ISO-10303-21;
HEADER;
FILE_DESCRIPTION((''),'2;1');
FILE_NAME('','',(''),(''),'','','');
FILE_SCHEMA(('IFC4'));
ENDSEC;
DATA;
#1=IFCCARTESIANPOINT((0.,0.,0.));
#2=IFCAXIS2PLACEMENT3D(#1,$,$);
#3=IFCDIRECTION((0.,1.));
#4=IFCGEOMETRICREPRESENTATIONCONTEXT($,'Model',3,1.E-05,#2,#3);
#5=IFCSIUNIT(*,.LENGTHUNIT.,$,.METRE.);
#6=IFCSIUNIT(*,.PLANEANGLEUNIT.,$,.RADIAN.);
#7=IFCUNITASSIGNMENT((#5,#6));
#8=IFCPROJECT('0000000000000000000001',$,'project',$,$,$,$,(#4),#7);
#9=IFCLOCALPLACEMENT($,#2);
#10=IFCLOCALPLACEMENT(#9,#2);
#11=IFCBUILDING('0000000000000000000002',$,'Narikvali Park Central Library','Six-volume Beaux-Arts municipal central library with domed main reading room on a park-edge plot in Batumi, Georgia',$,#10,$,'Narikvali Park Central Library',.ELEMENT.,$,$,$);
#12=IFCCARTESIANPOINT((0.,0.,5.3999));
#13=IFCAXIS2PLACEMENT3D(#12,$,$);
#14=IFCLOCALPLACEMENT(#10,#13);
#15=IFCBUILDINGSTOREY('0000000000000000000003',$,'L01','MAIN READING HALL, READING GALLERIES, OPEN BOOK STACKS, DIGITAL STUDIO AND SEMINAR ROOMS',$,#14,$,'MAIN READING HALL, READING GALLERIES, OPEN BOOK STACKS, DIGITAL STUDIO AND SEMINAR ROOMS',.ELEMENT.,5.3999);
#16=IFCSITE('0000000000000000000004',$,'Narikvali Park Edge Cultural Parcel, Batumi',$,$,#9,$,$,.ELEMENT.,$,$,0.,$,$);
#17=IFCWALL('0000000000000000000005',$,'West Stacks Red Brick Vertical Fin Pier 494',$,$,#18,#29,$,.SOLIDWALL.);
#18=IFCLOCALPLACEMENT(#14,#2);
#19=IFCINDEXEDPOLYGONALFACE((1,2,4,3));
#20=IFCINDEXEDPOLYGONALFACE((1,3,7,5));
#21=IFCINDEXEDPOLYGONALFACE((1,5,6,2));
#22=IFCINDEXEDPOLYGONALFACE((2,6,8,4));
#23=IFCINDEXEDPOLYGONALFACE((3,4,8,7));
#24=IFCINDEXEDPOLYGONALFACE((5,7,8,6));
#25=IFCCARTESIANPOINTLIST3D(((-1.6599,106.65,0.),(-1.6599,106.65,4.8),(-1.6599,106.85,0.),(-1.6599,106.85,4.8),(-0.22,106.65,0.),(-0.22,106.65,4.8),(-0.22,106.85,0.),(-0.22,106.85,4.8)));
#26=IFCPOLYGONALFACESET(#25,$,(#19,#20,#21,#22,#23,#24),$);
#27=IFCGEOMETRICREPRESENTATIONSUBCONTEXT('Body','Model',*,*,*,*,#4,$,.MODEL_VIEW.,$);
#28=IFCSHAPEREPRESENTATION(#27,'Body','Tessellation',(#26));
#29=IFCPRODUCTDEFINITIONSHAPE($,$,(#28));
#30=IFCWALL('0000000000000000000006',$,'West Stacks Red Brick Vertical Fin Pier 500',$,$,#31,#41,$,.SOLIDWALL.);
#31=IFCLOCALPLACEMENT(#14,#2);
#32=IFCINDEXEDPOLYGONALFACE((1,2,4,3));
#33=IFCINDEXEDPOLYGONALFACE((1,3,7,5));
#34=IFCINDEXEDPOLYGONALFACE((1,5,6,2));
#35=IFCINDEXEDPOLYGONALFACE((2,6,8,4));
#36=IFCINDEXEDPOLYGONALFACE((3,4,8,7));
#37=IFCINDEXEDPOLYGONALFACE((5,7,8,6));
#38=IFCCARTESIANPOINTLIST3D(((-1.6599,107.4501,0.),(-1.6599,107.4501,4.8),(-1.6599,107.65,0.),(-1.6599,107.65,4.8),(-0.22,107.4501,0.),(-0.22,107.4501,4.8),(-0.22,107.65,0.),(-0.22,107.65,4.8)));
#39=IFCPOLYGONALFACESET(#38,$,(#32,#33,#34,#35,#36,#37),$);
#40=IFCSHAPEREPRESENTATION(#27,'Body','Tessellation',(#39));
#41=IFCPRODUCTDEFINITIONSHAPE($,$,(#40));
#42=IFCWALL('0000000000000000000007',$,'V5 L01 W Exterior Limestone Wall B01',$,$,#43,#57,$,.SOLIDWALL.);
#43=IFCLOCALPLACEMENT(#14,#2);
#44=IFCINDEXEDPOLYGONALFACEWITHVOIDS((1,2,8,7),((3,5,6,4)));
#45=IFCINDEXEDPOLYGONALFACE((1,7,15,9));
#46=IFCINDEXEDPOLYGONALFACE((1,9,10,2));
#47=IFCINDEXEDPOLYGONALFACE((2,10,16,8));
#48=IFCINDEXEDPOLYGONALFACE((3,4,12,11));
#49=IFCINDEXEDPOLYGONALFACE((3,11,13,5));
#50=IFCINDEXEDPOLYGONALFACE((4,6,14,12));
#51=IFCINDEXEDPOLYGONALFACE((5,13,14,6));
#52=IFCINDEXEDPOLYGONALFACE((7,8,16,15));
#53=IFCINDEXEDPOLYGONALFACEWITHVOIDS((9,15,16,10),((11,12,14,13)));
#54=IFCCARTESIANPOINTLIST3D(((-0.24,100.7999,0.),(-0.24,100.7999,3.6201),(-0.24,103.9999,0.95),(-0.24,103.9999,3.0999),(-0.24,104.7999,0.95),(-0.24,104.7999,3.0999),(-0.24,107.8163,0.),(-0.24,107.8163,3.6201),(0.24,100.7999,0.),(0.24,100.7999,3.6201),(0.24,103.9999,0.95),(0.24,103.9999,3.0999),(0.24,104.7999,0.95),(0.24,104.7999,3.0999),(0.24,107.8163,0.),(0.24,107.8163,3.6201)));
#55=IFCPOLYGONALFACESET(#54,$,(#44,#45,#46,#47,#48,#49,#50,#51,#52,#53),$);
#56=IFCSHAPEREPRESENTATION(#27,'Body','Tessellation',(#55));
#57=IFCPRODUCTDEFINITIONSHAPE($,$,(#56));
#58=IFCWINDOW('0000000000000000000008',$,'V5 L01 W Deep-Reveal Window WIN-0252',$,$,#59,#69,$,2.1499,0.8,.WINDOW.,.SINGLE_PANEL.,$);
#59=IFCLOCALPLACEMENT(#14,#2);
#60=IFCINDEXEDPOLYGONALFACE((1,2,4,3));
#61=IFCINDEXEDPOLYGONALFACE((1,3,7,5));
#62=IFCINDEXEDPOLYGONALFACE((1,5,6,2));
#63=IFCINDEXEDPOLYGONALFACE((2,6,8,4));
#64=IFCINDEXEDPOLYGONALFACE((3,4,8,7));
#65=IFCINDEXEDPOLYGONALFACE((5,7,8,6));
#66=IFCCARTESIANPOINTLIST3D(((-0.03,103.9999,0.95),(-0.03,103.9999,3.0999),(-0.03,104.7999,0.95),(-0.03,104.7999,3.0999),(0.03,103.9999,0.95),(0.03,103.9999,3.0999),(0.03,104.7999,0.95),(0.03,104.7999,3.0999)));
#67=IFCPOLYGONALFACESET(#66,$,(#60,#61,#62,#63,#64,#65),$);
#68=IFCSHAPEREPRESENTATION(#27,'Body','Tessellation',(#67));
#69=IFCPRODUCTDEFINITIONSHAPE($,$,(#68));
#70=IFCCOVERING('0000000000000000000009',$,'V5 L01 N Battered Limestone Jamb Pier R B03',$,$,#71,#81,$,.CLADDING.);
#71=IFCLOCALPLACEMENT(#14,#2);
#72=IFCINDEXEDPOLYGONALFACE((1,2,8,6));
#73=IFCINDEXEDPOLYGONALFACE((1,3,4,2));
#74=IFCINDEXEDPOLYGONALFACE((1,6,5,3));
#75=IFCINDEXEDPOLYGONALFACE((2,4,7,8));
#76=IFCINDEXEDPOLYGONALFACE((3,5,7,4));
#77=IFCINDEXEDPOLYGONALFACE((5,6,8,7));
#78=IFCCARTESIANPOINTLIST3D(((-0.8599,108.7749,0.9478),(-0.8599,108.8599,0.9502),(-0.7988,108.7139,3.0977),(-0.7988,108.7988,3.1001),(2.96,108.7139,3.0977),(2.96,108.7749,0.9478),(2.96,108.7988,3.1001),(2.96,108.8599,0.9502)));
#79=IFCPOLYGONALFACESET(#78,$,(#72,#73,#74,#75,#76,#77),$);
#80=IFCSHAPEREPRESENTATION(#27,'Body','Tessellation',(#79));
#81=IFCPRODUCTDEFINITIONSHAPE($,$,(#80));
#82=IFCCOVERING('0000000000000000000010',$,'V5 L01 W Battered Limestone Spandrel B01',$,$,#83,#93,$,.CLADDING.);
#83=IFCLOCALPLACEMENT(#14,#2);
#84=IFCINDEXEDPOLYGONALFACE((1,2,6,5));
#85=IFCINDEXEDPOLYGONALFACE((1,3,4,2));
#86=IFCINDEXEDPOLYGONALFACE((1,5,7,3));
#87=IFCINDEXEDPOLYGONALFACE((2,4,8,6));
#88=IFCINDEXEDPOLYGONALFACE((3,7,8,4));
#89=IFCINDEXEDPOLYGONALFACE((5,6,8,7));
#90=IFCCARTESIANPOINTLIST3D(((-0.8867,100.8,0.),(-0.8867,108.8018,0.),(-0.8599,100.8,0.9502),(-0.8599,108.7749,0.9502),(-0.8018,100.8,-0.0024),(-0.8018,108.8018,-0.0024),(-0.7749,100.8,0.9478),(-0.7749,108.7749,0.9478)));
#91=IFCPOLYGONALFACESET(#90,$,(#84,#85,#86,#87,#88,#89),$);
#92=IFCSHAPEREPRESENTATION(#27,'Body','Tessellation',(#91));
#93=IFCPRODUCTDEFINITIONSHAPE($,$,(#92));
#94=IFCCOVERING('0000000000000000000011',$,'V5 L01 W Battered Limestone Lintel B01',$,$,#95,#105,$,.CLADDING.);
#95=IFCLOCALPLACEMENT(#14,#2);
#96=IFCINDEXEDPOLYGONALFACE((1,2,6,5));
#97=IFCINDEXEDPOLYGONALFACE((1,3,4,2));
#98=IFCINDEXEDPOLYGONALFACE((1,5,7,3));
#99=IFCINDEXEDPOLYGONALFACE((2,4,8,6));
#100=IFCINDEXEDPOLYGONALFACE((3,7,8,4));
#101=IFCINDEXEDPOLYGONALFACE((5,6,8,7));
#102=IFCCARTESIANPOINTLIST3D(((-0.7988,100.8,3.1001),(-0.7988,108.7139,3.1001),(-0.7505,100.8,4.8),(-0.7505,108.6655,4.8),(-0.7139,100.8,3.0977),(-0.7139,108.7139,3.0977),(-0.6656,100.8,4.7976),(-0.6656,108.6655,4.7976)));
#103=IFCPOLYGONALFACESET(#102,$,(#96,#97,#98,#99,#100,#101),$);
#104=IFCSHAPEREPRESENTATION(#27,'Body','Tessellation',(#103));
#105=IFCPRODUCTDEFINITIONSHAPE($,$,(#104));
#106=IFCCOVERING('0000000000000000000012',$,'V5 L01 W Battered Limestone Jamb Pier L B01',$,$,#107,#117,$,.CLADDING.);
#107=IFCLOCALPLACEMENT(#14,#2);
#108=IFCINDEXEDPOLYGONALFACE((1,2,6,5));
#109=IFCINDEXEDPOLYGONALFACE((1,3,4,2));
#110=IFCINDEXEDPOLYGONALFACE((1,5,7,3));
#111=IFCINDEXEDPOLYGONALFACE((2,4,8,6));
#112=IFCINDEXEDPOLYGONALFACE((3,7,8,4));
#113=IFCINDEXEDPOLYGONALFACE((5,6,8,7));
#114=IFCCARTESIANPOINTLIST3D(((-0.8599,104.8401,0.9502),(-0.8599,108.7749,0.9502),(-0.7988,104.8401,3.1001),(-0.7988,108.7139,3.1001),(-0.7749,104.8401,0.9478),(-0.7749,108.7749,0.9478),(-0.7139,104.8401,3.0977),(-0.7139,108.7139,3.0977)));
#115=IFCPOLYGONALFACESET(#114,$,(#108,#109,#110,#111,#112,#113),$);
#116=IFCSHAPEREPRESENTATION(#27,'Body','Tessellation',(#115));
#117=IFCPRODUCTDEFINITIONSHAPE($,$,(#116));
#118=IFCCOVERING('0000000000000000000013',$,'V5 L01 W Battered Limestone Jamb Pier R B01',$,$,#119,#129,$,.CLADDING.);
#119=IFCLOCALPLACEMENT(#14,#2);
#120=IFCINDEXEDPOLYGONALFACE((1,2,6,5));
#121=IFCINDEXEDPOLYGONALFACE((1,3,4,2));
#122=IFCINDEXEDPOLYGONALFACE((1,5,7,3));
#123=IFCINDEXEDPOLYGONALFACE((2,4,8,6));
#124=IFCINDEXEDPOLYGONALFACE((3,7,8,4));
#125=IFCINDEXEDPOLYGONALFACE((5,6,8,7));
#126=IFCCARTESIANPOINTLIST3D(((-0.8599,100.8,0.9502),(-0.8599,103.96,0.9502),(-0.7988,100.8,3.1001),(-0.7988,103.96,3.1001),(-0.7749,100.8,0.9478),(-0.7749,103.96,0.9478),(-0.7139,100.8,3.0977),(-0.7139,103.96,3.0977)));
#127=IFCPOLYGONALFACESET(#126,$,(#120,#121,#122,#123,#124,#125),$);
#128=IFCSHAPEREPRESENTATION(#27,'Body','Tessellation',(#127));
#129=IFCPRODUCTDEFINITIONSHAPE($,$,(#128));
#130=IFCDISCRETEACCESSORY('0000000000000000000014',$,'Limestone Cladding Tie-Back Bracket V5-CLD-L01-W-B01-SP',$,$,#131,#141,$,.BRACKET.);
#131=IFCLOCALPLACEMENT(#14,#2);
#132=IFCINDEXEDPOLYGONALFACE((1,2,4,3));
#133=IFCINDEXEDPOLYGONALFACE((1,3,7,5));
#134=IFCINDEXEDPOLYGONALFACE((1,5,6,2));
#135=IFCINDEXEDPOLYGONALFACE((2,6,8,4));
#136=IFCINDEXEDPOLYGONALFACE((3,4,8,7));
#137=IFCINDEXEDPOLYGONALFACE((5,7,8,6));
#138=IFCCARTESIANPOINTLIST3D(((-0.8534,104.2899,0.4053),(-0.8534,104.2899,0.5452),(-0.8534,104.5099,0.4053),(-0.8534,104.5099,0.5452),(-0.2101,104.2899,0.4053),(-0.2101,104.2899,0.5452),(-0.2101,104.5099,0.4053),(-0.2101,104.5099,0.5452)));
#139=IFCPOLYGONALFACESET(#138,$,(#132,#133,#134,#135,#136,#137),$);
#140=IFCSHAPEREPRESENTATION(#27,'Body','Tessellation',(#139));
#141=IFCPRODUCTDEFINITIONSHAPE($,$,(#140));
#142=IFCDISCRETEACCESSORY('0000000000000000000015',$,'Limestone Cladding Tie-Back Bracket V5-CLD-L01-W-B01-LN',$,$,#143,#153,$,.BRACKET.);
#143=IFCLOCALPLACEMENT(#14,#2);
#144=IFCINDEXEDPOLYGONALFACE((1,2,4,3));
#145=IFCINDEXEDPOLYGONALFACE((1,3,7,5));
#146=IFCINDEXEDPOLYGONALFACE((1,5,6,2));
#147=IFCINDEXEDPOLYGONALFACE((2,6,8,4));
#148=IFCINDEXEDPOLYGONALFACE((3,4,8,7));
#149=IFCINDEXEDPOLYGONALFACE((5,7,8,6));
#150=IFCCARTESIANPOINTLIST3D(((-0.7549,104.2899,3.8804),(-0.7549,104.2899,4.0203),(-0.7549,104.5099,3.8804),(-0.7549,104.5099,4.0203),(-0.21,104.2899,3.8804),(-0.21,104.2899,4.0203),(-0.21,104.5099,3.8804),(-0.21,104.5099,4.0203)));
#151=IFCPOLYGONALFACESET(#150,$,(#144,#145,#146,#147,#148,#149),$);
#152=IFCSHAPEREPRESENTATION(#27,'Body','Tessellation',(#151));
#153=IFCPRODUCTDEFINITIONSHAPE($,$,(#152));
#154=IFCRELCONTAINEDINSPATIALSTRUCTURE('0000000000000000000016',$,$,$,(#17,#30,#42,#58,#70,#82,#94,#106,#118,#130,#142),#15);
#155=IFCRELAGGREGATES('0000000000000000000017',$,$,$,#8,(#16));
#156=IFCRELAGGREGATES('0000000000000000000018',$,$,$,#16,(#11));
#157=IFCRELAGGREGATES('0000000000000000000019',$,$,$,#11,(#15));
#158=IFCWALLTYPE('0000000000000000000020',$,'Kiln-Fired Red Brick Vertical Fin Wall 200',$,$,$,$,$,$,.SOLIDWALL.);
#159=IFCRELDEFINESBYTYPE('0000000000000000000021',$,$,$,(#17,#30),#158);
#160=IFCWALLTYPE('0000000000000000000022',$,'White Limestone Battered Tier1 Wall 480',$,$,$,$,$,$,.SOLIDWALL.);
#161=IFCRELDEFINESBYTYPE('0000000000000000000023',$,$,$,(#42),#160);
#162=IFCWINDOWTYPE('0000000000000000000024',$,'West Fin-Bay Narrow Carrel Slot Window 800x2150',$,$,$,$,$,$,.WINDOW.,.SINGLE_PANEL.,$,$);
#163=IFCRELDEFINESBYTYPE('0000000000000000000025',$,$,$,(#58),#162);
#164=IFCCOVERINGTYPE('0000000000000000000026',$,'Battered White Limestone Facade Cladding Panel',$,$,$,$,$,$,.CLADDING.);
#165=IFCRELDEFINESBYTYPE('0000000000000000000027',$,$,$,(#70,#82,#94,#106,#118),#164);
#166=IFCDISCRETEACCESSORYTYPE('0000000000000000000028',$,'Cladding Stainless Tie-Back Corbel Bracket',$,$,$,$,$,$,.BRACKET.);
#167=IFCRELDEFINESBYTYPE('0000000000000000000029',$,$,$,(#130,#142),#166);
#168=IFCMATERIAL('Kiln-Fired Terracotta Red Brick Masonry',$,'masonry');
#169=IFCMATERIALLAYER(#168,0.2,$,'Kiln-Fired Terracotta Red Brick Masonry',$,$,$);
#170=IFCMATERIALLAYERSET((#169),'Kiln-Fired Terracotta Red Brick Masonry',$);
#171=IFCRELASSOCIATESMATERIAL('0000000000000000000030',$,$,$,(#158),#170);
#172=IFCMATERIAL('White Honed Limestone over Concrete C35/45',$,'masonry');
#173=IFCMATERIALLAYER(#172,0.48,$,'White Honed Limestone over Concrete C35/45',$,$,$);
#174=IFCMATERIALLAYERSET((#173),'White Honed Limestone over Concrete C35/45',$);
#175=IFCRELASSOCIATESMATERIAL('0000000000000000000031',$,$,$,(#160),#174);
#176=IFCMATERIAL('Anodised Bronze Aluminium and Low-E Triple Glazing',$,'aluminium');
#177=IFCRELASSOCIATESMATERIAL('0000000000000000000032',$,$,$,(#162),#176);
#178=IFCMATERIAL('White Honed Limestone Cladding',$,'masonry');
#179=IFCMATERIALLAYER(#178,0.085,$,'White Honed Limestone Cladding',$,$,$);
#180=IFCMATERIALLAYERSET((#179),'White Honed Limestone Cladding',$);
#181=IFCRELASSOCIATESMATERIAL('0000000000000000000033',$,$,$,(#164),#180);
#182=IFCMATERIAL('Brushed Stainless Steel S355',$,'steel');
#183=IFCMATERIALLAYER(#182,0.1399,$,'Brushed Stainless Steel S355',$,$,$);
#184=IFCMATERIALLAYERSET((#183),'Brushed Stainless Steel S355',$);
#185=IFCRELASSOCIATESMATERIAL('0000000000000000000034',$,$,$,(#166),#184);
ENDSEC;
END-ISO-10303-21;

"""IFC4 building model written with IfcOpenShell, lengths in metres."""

from ifc_helpers import new_model, si_unit, direction, frame, frame_2d, origin, origin_2d, place, context, subcontext, project, spatial, polyline, rectangle, outline, extrude, material, layer, layer_set, type_object, element, fill, save


model = new_model("IFC4")

# Units and contexts
model_context = context("Model", 3, precision=1e-05, world=origin(), true_north=direction((0.0, 1.0)))
body_context = subcontext(model_context, "Body", "Model", "MODEL_VIEW")
ifc_project = project(units=[si_unit("LENGTHUNIT", "METRE"), si_unit("PLANEANGLEUNIT", "RADIAN")], contexts=[model_context])

# Site, building, storey
site_placement = place(None, origin())
site = spatial("IfcSite", under=ifc_project, at=site_placement, Name="Narikvali Park Edge Cultural Parcel, Batumi", CompositionType="ELEMENT", RefElevation=0.0)
building_placement = place(site_placement, origin())
building = spatial("IfcBuilding", under=site, at=building_placement, Name="Narikvali Park Central Library", Description="Six-volume Beaux-Arts municipal central library with domed main reading room on a park-edge plot in Batumi, Georgia", LongName="Narikvali Park Central Library", CompositionType="ELEMENT")
storey_placement = place(building_placement, frame((0.0, 0.0, 5.3999)))
storey = spatial("IfcBuildingStorey", under=building, at=storey_placement, Name="L01", Description="MAIN READING HALL, READING GALLERIES, OPEN BOOK STACKS, DIGITAL STUDIO AND SEMINAR ROOMS", LongName="MAIN READING HALL, READING GALLERIES, OPEN BOOK STACKS, DIGITAL STUDIO AND SEMINAR ROOMS", CompositionType="ELEMENT", Elevation=5.3999)

# Walls
ifc_material_1 = material(Name="Kiln-Fired Terracotta Red Brick Masonry", Category="masonry")
ifc_layer_1 = layer(ifc_material_1, 0.2, Name="Kiln-Fired Terracotta Red Brick Masonry")
ifc_layer_set_1 = layer_set([ifc_layer_1], Name="Kiln-Fired Terracotta Red Brick Masonry")
wall_type_1 = type_object("IfcWallType", Name="Kiln-Fired Red Brick Vertical Fin Wall 200", PredefinedType="SOLIDWALL", material=ifc_layer_set_1)
for number, where, z_axis, x_axis, name in (
    (1, (-1.6599, 106.75, 0.0), (0.0, 0.0, 1.0), (1.0, 0.0, 0.0), "West Stacks Red Brick Vertical Fin Pier 494"),
    (2, (-1.6599, 107.55, 0.0), (0.0, 0.0, 1.0), (1.0, 0.0, 0.0), "West Stacks Red Brick Vertical Fin Pier 500"),
):
    element("IfcWall", number, at=place(storey_placement, frame(where, z_axis=z_axis, x_axis=x_axis)), inside=storey, type_object=wall_type_1, Name=name, PredefinedType="SOLIDWALL", context=body_context, shape_type="SweptSolid", body=[
        extrude(rectangle(XDim=1.4399, YDim=0.2, at=frame_2d((0.72, 0.0))), origin(), (0.0, 0.0, 1.0), 4.8),
    ])

# Wall, opening, window
ifc_material_2 = material(Name="White Honed Limestone over Concrete C35/45", Category="masonry")
ifc_layer_2 = layer(ifc_material_2, 0.48, Name="White Honed Limestone over Concrete C35/45")
ifc_layer_set_2 = layer_set([ifc_layer_2], Name="White Honed Limestone over Concrete C35/45")
wall_type_2 = type_object("IfcWallType", Name="White Limestone Battered Tier1 Wall 480", PredefinedType="SOLIDWALL", material=ifc_layer_set_2)
wall_placement = place(storey_placement, frame((0.0, 107.8164, 0.0), z_axis=(0.0, 0.0, 1.0), x_axis=(0.0, -1.0, 0.0)))
wall = element("IfcWall", 3, at=wall_placement, inside=storey, type_object=wall_type_2, Name="V5 L01 W Exterior Limestone Wall B01", PredefinedType="SOLIDWALL", context=body_context, shape_type="SweptSolid", body=[
    extrude(rectangle(XDim=7.0164, YDim=0.48, at=frame_2d((3.5083, 0.0))), origin(), (0.0, 0.0, 1.0), 3.6201),
])
opening_placement = place(wall_placement, frame((3.0166, 0.0, 0.95)))
opening = element("IfcOpeningElement", 4, at=opening_placement, cuts=wall, PredefinedType="OPENING", context=body_context, shape_type="SweptSolid", body=[
    extrude(rectangle(XDim=0.8, YDim=2.1499, at=frame_2d((0.3999, 1.075))), frame((0.0, 0.252, 0.0), z_axis=(0.0, -1.0, 0.0), x_axis=(1.0, 0.0, 0.0)), (0.0, 0.0, 1.0), 0.5039),
])
ifc_material_3 = material(Name="Anodised Bronze Aluminium and Low-E Triple Glazing", Category="aluminium")
window_type = type_object("IfcWindowType", Name="West Fin-Bay Narrow Carrel Slot Window 800x2150", PartitioningType="SINGLE_PANEL", PredefinedType="WINDOW", material=ifc_material_3)
window_placement = place(opening_placement, origin())
window = element("IfcWindow", 5, at=window_placement, inside=storey, type_object=window_type, Name="V5 L01 W Deep-Reveal Window WIN-0252", OverallHeight=2.1499, OverallWidth=0.8, PartitioningType="SINGLE_PANEL", PredefinedType="WINDOW", context=body_context, shape_type="SweptSolid", body=[
    extrude(rectangle(XDim=0.8, YDim=2.1499, at=frame_2d((0.3999, 1.075))), frame((0.0, 0.03, 0.0), z_axis=(0.0, -1.0, 0.0), x_axis=(1.0, 0.0, 0.0)), (0.0, 0.0, 1.0), 0.0601),
])
fill(opening, window)

# Coverings
ifc_material_4 = material(Name="White Honed Limestone Cladding", Category="masonry")
ifc_layer_3 = layer(ifc_material_4, 0.085, Name="White Honed Limestone Cladding")
ifc_layer_set_3 = layer_set([ifc_layer_3], Name="White Honed Limestone Cladding")
covering_type = type_object("IfcCoveringType", Name="Battered White Limestone Facade Cladding Panel", PredefinedType="CLADDING", material=ifc_layer_set_3)
covering_1_placement = place(storey_placement, frame((2.96, 108.8599, 0.9502), z_axis=(0.0, 0.999597, 0.028378), x_axis=(-1.0, 0.0, 0.0)))
element("IfcCovering", 6, at=covering_1_placement, inside=storey, type_object=covering_type, Name="V5 L01 N Battered Limestone Jamb Pier R B03", PredefinedType="CLADDING", context=body_context, shape_type="SweptSolid", body=[
    extrude(outline(polyline([(0.0, 0.0), (3.8198, 0.0), (3.7588, 2.1508), (0.0, 2.1508), (0.0, 0.0)])), origin(), (0.0, 0.0, -1.0), 0.085),
])
covering_2_placement = place(storey_placement, frame((-0.8867, 108.8018, 0.0), z_axis=(-0.999601, 0.0, 0.028252), x_axis=(0.0, -1.0, 0.0)))
element("IfcCovering", 7, at=covering_2_placement, inside=storey, type_object=covering_type, Name="V5 L01 W Battered Limestone Spandrel B01", PredefinedType="CLADDING", context=body_context, shape_type="SweptSolid", body=[
    extrude(outline(polyline([(0.0, 0.0), (8.0017, 0.0), (8.0017, 0.9506), (0.0269, 0.9506), (0.0, 0.0)])), origin(), (0.0, 0.0, -1.0), 0.085),
])
covering_3_placement = place(storey_placement, frame((-0.7988, 108.7139, 3.1001), z_axis=(-0.999596, 0.0, 0.028425), x_axis=(0.0, -1.0, 0.0)))
element("IfcCovering", 8, at=covering_3_placement, inside=storey, type_object=covering_type, Name="V5 L01 W Battered Limestone Lintel B01", PredefinedType="CLADDING", context=body_context, shape_type="SweptSolid", body=[
    extrude(outline(polyline([(0.0, 0.0), (7.9138, 0.0), (7.9138, 1.7006), (0.0483, 1.7006), (0.0, 0.0)])), origin(), (0.0, 0.0, -1.0), 0.085),
])
covering_4_placement = place(storey_placement, frame((-0.8599, 108.7749, 0.9502), z_axis=(-0.999597, 0.0, 0.028378), x_axis=(0.0, -1.0, 0.0)))
element("IfcCovering", 9, at=covering_4_placement, inside=storey, type_object=covering_type, Name="V5 L01 W Battered Limestone Jamb Pier L B01", PredefinedType="CLADDING", context=body_context, shape_type="SweptSolid", body=[
    extrude(outline(polyline([(0.0, 0.0), (3.9348, 0.0), (3.9348, 2.1508), (0.061, 2.1508), (0.0, 0.0)])), origin(), (0.0, 0.0, -1.0), 0.085),
])
covering_5_placement = place(storey_placement, frame((-0.8599, 103.96, 0.9502), z_axis=(-0.999597, 0.0, 0.028378), x_axis=(0.0, -1.0, 0.0)))
element("IfcCovering", 10, at=covering_5_placement, inside=storey, type_object=covering_type, Name="V5 L01 W Battered Limestone Jamb Pier R B01", PredefinedType="CLADDING", context=body_context, shape_type="SweptSolid", body=[
    extrude(outline(polyline([(0.0, 0.0), (3.1599, 0.0), (3.1599, 2.1508), (0.0, 2.1508), (0.0, 0.0)])), origin(), (0.0, 0.0, -1.0), 0.085),
])

# Discrete accessories
ifc_material_5 = material(Name="Brushed Stainless Steel S355", Category="steel")
ifc_layer_4 = layer(ifc_material_5, 0.1399, Name="Brushed Stainless Steel S355")
ifc_layer_set_4 = layer_set([ifc_layer_4], Name="Brushed Stainless Steel S355")
discrete_accessory_type = type_object("IfcDiscreteAccessoryType", Name="Cladding Stainless Tie-Back Corbel Bracket", PredefinedType="BRACKET", material=ifc_layer_set_4)
discrete_accessory_1_placement = place(storey_placement, frame((-0.5317, 104.3999, 0.4053), z_axis=(0.0, 0.0, 1.0), x_axis=(1.0, 0.0, 0.0)))
element("IfcDiscreteAccessory", 11, at=discrete_accessory_1_placement, inside=storey, type_object=discrete_accessory_type, Name="Limestone Cladding Tie-Back Bracket V5-CLD-L01-W-B01-SP", PredefinedType="BRACKET", context=body_context, shape_type="SweptSolid", body=[
    extrude(rectangle(XDim=0.6433, YDim=0.22, at=origin_2d()), origin(), (0.0, 0.0, 1.0), 0.1399),
])
discrete_accessory_2_placement = place(storey_placement, frame((-0.4824, 104.3999, 3.8804), z_axis=(0.0, 0.0, 1.0), x_axis=(1.0, 0.0, 0.0)))
element("IfcDiscreteAccessory", 12, at=discrete_accessory_2_placement, inside=storey, type_object=discrete_accessory_type, Name="Limestone Cladding Tie-Back Bracket V5-CLD-L01-W-B01-LN", PredefinedType="BRACKET", context=body_context, shape_type="SweptSolid", body=[
    extrude(rectangle(XDim=0.5449, YDim=0.22, at=origin_2d()), origin(), (0.0, 0.0, 1.0), 0.1399),
])

save(model, "model.ifc")
